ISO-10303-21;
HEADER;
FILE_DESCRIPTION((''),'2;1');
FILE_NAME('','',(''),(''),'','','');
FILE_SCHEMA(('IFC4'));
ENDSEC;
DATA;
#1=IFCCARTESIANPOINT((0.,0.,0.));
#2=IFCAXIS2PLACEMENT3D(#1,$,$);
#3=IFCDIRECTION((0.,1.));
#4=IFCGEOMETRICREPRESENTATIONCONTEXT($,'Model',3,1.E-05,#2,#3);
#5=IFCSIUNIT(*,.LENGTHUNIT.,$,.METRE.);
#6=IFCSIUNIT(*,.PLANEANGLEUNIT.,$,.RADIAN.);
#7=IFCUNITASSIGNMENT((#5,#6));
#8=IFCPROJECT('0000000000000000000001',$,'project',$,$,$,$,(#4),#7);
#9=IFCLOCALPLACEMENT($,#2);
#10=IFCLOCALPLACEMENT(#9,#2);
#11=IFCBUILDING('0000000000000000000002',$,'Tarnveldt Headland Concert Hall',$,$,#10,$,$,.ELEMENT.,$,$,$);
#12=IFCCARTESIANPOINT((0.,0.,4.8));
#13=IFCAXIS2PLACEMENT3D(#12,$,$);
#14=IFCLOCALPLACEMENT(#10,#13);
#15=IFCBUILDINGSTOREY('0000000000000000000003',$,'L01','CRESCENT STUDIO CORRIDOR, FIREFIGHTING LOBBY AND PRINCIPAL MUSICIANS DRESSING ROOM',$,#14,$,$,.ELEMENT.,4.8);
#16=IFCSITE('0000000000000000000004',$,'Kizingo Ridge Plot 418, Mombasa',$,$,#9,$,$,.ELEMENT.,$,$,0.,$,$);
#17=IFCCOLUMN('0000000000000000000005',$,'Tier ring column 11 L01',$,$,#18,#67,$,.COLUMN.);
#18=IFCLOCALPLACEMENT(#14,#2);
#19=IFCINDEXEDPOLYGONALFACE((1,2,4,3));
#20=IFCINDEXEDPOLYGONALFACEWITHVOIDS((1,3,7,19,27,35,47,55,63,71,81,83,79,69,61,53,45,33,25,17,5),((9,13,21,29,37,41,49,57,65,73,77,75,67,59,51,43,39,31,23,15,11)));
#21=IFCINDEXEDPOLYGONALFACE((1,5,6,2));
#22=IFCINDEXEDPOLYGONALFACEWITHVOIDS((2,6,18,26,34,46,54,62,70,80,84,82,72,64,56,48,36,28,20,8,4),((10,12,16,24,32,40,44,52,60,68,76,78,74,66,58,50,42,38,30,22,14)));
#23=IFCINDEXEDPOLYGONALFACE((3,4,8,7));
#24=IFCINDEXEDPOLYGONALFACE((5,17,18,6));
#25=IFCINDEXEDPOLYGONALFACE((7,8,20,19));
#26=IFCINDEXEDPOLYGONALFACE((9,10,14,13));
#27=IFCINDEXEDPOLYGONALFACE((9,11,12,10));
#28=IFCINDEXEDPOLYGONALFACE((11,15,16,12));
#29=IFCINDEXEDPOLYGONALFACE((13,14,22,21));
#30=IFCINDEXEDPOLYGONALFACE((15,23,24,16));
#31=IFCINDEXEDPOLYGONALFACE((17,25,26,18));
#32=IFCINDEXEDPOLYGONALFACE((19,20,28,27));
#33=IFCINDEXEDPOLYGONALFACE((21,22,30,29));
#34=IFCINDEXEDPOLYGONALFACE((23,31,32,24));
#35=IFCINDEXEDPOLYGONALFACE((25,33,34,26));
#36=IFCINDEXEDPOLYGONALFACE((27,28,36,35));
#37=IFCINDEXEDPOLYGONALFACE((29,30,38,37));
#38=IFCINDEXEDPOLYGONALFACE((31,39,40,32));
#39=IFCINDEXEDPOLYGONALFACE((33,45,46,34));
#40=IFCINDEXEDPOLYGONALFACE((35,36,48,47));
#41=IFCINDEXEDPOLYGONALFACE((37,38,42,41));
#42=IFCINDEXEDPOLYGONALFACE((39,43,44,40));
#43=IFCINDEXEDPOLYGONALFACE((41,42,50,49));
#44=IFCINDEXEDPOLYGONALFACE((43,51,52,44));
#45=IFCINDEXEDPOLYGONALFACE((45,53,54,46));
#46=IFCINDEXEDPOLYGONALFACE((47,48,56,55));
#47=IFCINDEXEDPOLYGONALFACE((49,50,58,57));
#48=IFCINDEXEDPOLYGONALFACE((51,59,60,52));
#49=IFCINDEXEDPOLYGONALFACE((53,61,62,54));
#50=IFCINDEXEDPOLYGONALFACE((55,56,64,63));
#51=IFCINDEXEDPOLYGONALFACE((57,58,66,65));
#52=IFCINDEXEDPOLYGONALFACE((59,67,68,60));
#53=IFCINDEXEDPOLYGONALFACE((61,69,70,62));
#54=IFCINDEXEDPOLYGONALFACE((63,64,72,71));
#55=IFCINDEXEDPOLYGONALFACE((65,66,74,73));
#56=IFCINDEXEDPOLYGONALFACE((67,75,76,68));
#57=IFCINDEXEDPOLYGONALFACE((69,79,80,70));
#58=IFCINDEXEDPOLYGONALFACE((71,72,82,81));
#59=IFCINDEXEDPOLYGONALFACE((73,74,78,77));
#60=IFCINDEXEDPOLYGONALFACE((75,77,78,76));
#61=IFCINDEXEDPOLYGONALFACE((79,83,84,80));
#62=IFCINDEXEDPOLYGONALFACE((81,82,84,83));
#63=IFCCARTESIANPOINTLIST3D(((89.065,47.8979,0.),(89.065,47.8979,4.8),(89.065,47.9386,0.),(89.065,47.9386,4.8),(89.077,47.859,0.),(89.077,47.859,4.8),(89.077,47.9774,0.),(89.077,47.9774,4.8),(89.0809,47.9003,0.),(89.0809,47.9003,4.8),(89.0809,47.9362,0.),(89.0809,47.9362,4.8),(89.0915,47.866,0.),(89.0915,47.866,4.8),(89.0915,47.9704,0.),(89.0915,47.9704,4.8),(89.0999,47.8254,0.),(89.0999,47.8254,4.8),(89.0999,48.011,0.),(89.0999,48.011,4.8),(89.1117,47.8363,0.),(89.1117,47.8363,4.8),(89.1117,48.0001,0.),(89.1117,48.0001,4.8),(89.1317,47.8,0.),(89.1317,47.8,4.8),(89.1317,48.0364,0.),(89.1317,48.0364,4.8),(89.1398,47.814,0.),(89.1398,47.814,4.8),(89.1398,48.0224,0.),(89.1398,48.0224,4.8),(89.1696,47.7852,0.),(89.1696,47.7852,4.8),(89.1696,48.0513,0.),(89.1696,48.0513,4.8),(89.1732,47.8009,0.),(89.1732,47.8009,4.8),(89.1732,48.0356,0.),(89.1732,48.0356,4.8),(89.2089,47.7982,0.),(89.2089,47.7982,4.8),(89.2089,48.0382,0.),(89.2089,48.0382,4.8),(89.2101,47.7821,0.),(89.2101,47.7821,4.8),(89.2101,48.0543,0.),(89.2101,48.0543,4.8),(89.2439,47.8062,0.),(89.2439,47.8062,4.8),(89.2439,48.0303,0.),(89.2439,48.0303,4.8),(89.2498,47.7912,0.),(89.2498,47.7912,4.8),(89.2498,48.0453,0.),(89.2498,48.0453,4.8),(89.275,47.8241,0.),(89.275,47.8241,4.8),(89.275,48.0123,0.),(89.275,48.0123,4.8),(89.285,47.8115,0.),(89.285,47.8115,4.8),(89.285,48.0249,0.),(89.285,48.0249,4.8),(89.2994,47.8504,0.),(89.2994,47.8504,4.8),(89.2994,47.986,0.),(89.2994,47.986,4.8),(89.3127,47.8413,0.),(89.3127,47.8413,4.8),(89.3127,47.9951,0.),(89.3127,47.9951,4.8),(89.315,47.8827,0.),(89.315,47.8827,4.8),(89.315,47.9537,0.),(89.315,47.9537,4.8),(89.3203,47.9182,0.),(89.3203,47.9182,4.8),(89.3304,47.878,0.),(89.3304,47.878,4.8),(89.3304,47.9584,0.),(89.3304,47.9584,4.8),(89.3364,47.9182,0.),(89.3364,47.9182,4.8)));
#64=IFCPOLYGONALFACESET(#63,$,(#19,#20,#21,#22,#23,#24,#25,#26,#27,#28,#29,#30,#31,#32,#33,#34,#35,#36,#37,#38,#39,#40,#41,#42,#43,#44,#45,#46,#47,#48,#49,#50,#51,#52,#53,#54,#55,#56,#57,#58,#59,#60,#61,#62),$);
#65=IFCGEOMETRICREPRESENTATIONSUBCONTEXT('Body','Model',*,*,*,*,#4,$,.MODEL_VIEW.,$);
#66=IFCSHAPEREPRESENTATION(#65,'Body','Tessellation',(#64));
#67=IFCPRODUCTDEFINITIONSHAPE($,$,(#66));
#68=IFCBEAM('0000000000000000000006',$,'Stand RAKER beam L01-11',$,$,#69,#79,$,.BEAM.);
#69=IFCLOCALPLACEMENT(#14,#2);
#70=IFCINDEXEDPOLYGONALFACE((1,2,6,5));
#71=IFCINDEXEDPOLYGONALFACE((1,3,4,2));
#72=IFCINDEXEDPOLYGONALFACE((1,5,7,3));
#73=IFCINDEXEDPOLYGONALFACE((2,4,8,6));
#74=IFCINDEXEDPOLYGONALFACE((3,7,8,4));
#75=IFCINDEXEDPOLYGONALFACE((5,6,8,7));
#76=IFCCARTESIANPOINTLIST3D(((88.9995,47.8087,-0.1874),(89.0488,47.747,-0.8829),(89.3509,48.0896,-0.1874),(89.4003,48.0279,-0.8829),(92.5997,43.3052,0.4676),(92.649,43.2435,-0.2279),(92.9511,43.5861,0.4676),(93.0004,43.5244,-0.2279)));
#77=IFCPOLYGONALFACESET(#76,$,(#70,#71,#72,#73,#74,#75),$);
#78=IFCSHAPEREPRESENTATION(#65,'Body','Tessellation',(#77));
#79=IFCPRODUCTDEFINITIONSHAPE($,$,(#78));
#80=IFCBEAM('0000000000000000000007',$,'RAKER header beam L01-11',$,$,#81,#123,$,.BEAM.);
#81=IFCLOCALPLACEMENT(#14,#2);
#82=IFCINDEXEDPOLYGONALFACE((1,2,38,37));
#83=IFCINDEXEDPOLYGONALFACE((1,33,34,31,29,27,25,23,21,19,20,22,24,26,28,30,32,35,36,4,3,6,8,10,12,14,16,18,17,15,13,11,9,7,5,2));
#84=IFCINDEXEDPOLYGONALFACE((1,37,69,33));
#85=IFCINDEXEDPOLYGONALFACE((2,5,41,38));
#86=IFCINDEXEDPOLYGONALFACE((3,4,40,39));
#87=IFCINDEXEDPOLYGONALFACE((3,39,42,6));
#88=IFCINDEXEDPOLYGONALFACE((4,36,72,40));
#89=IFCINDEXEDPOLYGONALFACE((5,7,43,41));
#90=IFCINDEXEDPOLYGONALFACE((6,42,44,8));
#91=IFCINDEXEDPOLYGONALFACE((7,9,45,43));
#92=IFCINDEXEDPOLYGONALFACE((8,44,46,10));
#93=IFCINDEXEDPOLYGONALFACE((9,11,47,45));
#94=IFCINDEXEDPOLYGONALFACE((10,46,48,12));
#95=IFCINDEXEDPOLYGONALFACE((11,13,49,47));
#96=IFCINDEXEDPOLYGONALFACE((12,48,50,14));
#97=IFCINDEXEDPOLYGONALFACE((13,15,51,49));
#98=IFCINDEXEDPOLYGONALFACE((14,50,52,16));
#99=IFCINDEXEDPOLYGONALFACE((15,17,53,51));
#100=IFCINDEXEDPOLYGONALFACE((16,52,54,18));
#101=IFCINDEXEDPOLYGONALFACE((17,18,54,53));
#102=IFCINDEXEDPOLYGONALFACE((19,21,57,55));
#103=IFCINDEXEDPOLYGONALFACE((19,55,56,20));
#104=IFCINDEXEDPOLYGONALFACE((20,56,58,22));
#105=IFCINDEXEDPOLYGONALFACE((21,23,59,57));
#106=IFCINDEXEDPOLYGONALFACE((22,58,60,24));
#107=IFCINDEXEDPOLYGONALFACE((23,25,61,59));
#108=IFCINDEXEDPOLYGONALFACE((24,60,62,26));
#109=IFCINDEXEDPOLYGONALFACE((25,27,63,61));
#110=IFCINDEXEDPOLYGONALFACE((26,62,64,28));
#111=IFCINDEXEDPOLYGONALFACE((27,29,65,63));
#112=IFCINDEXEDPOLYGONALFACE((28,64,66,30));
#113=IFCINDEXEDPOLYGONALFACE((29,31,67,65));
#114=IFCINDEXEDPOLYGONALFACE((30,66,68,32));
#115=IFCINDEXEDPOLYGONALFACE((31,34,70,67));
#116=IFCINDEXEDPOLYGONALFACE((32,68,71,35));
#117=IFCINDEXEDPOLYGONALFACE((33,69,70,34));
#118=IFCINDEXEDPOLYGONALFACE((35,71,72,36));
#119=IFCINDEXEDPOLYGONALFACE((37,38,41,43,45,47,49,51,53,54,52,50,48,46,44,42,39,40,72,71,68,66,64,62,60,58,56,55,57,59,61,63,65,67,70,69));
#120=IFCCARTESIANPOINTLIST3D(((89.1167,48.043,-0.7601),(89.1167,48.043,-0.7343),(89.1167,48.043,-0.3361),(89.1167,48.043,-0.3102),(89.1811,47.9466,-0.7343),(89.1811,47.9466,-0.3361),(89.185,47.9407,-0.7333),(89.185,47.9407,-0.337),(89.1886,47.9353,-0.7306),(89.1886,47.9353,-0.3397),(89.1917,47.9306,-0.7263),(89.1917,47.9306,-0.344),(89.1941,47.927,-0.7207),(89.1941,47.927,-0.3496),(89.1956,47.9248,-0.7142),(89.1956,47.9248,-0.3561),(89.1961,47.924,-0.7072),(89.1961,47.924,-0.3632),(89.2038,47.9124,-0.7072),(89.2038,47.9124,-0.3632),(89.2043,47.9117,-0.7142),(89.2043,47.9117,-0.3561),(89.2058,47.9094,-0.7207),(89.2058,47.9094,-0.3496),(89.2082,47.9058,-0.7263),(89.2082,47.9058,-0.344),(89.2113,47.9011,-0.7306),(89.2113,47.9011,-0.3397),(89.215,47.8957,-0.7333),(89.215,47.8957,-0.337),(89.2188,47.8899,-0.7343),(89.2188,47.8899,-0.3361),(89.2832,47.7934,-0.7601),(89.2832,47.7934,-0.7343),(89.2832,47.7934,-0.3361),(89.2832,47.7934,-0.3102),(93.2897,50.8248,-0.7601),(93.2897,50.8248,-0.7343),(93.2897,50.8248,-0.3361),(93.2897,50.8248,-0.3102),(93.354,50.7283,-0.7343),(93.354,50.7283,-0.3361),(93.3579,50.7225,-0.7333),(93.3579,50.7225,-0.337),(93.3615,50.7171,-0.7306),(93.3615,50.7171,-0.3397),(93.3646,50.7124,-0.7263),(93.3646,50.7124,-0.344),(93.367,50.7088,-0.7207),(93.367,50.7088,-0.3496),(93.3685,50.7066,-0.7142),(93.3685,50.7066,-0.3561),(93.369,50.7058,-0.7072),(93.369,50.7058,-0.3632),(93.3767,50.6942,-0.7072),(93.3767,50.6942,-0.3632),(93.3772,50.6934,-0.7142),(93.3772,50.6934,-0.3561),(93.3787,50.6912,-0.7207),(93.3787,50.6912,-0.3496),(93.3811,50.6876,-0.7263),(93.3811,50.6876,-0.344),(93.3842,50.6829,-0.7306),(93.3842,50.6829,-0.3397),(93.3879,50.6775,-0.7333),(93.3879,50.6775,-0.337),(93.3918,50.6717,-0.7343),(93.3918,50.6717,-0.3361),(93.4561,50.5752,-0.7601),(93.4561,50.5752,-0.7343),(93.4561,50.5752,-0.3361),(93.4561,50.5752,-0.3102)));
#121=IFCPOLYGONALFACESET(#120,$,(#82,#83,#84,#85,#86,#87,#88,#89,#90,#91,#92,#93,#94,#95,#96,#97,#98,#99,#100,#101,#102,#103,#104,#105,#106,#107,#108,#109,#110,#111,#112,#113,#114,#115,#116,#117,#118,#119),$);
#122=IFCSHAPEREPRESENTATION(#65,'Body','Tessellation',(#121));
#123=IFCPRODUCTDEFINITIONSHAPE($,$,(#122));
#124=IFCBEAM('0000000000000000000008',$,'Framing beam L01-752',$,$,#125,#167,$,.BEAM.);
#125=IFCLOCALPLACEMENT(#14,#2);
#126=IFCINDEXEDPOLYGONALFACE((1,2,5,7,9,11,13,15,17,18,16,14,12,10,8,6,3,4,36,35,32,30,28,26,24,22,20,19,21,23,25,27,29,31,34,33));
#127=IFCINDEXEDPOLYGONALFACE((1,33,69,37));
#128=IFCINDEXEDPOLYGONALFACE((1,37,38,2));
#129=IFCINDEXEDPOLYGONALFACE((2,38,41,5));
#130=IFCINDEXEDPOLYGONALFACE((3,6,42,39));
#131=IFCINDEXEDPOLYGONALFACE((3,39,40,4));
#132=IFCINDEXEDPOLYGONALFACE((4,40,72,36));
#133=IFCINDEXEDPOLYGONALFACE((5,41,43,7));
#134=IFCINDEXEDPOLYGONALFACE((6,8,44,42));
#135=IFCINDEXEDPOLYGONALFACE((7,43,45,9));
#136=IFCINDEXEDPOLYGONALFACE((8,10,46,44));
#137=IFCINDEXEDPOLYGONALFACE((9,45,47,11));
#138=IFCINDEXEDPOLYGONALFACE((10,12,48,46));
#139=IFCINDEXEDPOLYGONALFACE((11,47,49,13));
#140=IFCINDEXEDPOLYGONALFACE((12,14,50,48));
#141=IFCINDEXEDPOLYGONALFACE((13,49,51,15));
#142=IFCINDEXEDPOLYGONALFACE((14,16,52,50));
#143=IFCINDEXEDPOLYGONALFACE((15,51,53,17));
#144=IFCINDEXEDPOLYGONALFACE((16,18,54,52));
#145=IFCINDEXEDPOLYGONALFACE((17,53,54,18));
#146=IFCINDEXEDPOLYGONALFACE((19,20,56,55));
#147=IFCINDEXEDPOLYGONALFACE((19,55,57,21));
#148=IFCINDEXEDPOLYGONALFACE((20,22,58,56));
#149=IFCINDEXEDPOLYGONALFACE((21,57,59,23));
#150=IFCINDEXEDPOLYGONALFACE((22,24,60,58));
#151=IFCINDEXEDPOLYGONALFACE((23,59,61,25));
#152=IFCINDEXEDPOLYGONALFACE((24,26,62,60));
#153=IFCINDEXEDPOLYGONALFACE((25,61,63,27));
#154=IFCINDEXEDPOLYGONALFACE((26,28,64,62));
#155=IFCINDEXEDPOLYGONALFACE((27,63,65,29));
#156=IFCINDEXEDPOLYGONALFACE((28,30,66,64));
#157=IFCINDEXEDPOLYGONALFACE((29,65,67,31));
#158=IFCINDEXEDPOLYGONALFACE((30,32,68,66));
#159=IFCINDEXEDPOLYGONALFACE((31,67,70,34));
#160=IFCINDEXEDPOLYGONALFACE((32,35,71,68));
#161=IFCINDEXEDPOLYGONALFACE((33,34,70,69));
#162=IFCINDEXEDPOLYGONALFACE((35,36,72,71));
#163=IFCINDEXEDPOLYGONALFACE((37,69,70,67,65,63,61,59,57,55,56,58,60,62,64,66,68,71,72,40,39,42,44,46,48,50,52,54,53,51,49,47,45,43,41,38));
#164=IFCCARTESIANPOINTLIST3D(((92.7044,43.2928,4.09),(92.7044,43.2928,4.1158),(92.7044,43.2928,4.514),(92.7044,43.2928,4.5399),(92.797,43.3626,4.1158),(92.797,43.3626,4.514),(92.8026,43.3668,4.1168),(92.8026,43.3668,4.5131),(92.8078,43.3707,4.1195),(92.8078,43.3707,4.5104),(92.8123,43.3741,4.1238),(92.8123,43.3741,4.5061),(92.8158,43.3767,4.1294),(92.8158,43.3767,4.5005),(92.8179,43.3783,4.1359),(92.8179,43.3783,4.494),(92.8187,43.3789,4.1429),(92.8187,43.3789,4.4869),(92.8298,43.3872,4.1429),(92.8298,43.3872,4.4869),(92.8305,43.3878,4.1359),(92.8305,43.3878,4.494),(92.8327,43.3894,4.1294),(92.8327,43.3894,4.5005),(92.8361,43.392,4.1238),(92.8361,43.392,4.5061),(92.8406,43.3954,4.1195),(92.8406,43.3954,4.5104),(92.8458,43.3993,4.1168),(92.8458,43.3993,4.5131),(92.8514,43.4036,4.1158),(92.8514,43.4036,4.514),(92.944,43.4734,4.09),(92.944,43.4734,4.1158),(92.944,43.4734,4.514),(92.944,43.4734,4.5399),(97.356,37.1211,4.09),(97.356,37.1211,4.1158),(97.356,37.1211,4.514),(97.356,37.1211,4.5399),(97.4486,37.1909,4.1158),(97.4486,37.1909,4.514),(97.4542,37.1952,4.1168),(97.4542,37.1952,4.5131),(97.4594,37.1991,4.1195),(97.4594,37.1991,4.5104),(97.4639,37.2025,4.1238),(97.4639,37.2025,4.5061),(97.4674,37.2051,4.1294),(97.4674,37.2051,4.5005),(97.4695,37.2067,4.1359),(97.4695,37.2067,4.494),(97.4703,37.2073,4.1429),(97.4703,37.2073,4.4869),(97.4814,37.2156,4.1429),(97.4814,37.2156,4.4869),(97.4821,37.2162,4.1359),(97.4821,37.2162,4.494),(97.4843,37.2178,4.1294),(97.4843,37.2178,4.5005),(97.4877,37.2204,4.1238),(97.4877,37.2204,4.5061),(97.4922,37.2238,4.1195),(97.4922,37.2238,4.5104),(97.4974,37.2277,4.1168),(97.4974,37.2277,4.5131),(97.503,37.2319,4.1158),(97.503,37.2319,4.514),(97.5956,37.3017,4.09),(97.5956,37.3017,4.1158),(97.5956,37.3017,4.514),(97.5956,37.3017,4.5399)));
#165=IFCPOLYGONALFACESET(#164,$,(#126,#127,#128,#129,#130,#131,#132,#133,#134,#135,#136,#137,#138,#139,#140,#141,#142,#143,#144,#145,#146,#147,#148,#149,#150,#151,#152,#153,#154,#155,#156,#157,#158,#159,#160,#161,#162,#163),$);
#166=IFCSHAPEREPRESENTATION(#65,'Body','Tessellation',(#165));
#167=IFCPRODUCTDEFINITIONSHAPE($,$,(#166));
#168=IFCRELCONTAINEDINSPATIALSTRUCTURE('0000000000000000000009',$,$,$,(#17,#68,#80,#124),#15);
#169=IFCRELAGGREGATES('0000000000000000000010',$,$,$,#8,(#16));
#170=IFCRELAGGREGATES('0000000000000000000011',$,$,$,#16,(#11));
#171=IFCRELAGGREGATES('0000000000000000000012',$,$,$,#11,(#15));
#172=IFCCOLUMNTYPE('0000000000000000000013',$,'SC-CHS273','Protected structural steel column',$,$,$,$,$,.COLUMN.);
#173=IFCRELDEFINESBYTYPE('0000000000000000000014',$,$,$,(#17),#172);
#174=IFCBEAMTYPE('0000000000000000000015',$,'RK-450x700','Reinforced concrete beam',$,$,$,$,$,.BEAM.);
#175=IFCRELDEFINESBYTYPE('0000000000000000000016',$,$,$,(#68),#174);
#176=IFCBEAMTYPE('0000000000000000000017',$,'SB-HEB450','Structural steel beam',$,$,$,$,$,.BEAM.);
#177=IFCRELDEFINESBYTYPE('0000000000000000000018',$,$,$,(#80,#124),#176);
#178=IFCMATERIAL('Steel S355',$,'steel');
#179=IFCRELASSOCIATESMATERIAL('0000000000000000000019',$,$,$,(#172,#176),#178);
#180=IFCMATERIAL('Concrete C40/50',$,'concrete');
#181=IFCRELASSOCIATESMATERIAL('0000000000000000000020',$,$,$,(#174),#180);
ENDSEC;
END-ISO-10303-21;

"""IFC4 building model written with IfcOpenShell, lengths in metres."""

from ifc_helpers import new_model, si_unit, direction, frame, origin, origin_2d, place, context, subcontext, project, spatial, rectangle, hollow_circle, i_section, extrude, material, material_profile, profile_set, type_object, element, save


model = new_model("IFC4")

# Units and contexts
model_context = context("Model", 3, precision=1e-05, world=origin(), true_north=direction((0.0, 1.0)))
body_context = subcontext(model_context, "Body", "Model", "MODEL_VIEW")
ifc_project = project(units=[si_unit("LENGTHUNIT", "METRE"), si_unit("PLANEANGLEUNIT", "RADIAN")], contexts=[model_context])

# Site, building, storey
site_placement = place(None, origin())
site = spatial("IfcSite", under=ifc_project, at=site_placement, Name="Kizingo Ridge Plot 418, Mombasa", CompositionType="ELEMENT", RefElevation=0.0)
building_placement = place(site_placement, origin())
building = spatial("IfcBuilding", under=site, at=building_placement, Name="Tarnveldt Headland Concert Hall", CompositionType="ELEMENT")
storey_placement = place(building_placement, frame((0.0, 0.0, 4.8)))
storey = spatial("IfcBuildingStorey", under=building, at=storey_placement, Name="L01", Description="CRESCENT STUDIO CORRIDOR, FIREFIGHTING LOBBY AND PRINCIPAL MUSICIANS DRESSING ROOM", CompositionType="ELEMENT", Elevation=4.8)

# Column
ifc_material_1 = material(Name="Concrete C40/50", Category="concrete")
ifc_material_2 = material(Name="Steel S355", Category="steel")
ifc_material_profile_1 = material_profile(ifc_material_2, hollow_circle(Radius=0.1365, WallThickness=0.0161, at=origin_2d()), Name="CHS 273x16", Category="steel")
ifc_profile_set_1 = profile_set([ifc_material_profile_1], Name="Steel S355")
column_type_1 = type_object("IfcColumnType", Name="SC-CHS273", Description="Protected structural steel column", PredefinedType="COLUMN", material=ifc_profile_set_1)
column_1_placement = place(storey_placement, frame((89.2, 47.9182, 0.0), z_axis=(0.0, 0.0, 1.0), x_axis=(1.0, 0.0, 0.0)))
element("IfcColumn", 1, at=column_1_placement, inside=storey, type_object=column_type_1, Name="Tier ring column 11 L01", PredefinedType="COLUMN", context=body_context, shape_type="SweptSolid", body=[
    extrude(hollow_circle(Radius=0.1365, WallThickness=0.0161, at=origin_2d()), origin(), (0.0, 0.0, 1.0), 4.8),
])

# Beams
ifc_material_profile_2 = material_profile(ifc_material_1, rectangle(XDim=0.45, YDim=0.7, at=origin_2d()), Name="RAKER RC 450x700", Category="concrete")
ifc_profile_set_2 = profile_set([ifc_material_profile_2], Name="Concrete C40/50")
beam_type_1 = type_object("IfcBeamType", Name="RK-450x700", Description="Reinforced concrete beam", PredefinedType="BEAM", material=ifc_profile_set_2)
beam_1_placement = place(storey_placement, frame((92.8, 43.4148, 0.1199), z_axis=(-0.620425, 0.776099, -0.112885), x_axis=(-0.781092, -0.624416, 0.0)))
element("IfcBeam", 2, at=beam_1_placement, inside=storey, type_object=beam_type_1, Name="Stand RAKER beam L01-11", PredefinedType="BEAM", context=body_context, shape_type="SweptSolid", body=[
    extrude(rectangle(XDim=0.45, YDim=0.7, at=origin_2d()), origin(), (0.0, 0.0, 1.0), 5.8027),
])
ifc_material_profile_3 = material_profile(ifc_material_2, i_section(OverallWidth=0.3, OverallDepth=0.45, WebThickness=0.0139, FlangeThickness=0.0259, FilletRadius=0.0271, at=origin_2d()), Name="HEB450", Category="steel")
ifc_profile_set_3 = profile_set([ifc_material_profile_3], Name="Steel S355")
beam_type_2 = type_object("IfcBeamType", Name="SB-HEB450", Description="Structural steel beam", PredefinedType="BEAM", material=ifc_profile_set_3)
beam_2_placement = place(storey_placement, frame((89.2, 47.9182, -0.5352), z_axis=(0.832065, 0.554678, 0.0), x_axis=(-0.554678, 0.832065, 0.0)))
element("IfcBeam", 3, at=beam_2_placement, inside=storey, type_object=beam_type_2, Name="RAKER header beam L01-11", PredefinedType="BEAM", context=body_context, shape_type="SweptSolid", body=[
    extrude(i_section(OverallWidth=0.3, OverallDepth=0.45, WebThickness=0.0139, FlangeThickness=0.0259, FilletRadius=0.0271, at=origin_2d()), origin(), (0.0, 0.0, 1.0), 5.0151),
])
beam_3_placement = place(storey_placement, frame((92.8242, 43.3831, 4.3149), z_axis=(0.601894, -0.798576, 0.0), x_axis=(0.798576, 0.601894, 0.0)))
element("IfcBeam", 4, at=beam_3_placement, inside=storey, type_object=beam_type_2, Name="Framing beam L01-752", PredefinedType="BEAM", context=body_context, shape_type="SweptSolid", body=[
    extrude(i_section(OverallWidth=0.3, OverallDepth=0.45, WebThickness=0.0139, FlangeThickness=0.0259, FilletRadius=0.0271, at=origin_2d()), origin(), (0.0, 0.0, 1.0), 7.7283),
])

save(model, "model.ifc")
